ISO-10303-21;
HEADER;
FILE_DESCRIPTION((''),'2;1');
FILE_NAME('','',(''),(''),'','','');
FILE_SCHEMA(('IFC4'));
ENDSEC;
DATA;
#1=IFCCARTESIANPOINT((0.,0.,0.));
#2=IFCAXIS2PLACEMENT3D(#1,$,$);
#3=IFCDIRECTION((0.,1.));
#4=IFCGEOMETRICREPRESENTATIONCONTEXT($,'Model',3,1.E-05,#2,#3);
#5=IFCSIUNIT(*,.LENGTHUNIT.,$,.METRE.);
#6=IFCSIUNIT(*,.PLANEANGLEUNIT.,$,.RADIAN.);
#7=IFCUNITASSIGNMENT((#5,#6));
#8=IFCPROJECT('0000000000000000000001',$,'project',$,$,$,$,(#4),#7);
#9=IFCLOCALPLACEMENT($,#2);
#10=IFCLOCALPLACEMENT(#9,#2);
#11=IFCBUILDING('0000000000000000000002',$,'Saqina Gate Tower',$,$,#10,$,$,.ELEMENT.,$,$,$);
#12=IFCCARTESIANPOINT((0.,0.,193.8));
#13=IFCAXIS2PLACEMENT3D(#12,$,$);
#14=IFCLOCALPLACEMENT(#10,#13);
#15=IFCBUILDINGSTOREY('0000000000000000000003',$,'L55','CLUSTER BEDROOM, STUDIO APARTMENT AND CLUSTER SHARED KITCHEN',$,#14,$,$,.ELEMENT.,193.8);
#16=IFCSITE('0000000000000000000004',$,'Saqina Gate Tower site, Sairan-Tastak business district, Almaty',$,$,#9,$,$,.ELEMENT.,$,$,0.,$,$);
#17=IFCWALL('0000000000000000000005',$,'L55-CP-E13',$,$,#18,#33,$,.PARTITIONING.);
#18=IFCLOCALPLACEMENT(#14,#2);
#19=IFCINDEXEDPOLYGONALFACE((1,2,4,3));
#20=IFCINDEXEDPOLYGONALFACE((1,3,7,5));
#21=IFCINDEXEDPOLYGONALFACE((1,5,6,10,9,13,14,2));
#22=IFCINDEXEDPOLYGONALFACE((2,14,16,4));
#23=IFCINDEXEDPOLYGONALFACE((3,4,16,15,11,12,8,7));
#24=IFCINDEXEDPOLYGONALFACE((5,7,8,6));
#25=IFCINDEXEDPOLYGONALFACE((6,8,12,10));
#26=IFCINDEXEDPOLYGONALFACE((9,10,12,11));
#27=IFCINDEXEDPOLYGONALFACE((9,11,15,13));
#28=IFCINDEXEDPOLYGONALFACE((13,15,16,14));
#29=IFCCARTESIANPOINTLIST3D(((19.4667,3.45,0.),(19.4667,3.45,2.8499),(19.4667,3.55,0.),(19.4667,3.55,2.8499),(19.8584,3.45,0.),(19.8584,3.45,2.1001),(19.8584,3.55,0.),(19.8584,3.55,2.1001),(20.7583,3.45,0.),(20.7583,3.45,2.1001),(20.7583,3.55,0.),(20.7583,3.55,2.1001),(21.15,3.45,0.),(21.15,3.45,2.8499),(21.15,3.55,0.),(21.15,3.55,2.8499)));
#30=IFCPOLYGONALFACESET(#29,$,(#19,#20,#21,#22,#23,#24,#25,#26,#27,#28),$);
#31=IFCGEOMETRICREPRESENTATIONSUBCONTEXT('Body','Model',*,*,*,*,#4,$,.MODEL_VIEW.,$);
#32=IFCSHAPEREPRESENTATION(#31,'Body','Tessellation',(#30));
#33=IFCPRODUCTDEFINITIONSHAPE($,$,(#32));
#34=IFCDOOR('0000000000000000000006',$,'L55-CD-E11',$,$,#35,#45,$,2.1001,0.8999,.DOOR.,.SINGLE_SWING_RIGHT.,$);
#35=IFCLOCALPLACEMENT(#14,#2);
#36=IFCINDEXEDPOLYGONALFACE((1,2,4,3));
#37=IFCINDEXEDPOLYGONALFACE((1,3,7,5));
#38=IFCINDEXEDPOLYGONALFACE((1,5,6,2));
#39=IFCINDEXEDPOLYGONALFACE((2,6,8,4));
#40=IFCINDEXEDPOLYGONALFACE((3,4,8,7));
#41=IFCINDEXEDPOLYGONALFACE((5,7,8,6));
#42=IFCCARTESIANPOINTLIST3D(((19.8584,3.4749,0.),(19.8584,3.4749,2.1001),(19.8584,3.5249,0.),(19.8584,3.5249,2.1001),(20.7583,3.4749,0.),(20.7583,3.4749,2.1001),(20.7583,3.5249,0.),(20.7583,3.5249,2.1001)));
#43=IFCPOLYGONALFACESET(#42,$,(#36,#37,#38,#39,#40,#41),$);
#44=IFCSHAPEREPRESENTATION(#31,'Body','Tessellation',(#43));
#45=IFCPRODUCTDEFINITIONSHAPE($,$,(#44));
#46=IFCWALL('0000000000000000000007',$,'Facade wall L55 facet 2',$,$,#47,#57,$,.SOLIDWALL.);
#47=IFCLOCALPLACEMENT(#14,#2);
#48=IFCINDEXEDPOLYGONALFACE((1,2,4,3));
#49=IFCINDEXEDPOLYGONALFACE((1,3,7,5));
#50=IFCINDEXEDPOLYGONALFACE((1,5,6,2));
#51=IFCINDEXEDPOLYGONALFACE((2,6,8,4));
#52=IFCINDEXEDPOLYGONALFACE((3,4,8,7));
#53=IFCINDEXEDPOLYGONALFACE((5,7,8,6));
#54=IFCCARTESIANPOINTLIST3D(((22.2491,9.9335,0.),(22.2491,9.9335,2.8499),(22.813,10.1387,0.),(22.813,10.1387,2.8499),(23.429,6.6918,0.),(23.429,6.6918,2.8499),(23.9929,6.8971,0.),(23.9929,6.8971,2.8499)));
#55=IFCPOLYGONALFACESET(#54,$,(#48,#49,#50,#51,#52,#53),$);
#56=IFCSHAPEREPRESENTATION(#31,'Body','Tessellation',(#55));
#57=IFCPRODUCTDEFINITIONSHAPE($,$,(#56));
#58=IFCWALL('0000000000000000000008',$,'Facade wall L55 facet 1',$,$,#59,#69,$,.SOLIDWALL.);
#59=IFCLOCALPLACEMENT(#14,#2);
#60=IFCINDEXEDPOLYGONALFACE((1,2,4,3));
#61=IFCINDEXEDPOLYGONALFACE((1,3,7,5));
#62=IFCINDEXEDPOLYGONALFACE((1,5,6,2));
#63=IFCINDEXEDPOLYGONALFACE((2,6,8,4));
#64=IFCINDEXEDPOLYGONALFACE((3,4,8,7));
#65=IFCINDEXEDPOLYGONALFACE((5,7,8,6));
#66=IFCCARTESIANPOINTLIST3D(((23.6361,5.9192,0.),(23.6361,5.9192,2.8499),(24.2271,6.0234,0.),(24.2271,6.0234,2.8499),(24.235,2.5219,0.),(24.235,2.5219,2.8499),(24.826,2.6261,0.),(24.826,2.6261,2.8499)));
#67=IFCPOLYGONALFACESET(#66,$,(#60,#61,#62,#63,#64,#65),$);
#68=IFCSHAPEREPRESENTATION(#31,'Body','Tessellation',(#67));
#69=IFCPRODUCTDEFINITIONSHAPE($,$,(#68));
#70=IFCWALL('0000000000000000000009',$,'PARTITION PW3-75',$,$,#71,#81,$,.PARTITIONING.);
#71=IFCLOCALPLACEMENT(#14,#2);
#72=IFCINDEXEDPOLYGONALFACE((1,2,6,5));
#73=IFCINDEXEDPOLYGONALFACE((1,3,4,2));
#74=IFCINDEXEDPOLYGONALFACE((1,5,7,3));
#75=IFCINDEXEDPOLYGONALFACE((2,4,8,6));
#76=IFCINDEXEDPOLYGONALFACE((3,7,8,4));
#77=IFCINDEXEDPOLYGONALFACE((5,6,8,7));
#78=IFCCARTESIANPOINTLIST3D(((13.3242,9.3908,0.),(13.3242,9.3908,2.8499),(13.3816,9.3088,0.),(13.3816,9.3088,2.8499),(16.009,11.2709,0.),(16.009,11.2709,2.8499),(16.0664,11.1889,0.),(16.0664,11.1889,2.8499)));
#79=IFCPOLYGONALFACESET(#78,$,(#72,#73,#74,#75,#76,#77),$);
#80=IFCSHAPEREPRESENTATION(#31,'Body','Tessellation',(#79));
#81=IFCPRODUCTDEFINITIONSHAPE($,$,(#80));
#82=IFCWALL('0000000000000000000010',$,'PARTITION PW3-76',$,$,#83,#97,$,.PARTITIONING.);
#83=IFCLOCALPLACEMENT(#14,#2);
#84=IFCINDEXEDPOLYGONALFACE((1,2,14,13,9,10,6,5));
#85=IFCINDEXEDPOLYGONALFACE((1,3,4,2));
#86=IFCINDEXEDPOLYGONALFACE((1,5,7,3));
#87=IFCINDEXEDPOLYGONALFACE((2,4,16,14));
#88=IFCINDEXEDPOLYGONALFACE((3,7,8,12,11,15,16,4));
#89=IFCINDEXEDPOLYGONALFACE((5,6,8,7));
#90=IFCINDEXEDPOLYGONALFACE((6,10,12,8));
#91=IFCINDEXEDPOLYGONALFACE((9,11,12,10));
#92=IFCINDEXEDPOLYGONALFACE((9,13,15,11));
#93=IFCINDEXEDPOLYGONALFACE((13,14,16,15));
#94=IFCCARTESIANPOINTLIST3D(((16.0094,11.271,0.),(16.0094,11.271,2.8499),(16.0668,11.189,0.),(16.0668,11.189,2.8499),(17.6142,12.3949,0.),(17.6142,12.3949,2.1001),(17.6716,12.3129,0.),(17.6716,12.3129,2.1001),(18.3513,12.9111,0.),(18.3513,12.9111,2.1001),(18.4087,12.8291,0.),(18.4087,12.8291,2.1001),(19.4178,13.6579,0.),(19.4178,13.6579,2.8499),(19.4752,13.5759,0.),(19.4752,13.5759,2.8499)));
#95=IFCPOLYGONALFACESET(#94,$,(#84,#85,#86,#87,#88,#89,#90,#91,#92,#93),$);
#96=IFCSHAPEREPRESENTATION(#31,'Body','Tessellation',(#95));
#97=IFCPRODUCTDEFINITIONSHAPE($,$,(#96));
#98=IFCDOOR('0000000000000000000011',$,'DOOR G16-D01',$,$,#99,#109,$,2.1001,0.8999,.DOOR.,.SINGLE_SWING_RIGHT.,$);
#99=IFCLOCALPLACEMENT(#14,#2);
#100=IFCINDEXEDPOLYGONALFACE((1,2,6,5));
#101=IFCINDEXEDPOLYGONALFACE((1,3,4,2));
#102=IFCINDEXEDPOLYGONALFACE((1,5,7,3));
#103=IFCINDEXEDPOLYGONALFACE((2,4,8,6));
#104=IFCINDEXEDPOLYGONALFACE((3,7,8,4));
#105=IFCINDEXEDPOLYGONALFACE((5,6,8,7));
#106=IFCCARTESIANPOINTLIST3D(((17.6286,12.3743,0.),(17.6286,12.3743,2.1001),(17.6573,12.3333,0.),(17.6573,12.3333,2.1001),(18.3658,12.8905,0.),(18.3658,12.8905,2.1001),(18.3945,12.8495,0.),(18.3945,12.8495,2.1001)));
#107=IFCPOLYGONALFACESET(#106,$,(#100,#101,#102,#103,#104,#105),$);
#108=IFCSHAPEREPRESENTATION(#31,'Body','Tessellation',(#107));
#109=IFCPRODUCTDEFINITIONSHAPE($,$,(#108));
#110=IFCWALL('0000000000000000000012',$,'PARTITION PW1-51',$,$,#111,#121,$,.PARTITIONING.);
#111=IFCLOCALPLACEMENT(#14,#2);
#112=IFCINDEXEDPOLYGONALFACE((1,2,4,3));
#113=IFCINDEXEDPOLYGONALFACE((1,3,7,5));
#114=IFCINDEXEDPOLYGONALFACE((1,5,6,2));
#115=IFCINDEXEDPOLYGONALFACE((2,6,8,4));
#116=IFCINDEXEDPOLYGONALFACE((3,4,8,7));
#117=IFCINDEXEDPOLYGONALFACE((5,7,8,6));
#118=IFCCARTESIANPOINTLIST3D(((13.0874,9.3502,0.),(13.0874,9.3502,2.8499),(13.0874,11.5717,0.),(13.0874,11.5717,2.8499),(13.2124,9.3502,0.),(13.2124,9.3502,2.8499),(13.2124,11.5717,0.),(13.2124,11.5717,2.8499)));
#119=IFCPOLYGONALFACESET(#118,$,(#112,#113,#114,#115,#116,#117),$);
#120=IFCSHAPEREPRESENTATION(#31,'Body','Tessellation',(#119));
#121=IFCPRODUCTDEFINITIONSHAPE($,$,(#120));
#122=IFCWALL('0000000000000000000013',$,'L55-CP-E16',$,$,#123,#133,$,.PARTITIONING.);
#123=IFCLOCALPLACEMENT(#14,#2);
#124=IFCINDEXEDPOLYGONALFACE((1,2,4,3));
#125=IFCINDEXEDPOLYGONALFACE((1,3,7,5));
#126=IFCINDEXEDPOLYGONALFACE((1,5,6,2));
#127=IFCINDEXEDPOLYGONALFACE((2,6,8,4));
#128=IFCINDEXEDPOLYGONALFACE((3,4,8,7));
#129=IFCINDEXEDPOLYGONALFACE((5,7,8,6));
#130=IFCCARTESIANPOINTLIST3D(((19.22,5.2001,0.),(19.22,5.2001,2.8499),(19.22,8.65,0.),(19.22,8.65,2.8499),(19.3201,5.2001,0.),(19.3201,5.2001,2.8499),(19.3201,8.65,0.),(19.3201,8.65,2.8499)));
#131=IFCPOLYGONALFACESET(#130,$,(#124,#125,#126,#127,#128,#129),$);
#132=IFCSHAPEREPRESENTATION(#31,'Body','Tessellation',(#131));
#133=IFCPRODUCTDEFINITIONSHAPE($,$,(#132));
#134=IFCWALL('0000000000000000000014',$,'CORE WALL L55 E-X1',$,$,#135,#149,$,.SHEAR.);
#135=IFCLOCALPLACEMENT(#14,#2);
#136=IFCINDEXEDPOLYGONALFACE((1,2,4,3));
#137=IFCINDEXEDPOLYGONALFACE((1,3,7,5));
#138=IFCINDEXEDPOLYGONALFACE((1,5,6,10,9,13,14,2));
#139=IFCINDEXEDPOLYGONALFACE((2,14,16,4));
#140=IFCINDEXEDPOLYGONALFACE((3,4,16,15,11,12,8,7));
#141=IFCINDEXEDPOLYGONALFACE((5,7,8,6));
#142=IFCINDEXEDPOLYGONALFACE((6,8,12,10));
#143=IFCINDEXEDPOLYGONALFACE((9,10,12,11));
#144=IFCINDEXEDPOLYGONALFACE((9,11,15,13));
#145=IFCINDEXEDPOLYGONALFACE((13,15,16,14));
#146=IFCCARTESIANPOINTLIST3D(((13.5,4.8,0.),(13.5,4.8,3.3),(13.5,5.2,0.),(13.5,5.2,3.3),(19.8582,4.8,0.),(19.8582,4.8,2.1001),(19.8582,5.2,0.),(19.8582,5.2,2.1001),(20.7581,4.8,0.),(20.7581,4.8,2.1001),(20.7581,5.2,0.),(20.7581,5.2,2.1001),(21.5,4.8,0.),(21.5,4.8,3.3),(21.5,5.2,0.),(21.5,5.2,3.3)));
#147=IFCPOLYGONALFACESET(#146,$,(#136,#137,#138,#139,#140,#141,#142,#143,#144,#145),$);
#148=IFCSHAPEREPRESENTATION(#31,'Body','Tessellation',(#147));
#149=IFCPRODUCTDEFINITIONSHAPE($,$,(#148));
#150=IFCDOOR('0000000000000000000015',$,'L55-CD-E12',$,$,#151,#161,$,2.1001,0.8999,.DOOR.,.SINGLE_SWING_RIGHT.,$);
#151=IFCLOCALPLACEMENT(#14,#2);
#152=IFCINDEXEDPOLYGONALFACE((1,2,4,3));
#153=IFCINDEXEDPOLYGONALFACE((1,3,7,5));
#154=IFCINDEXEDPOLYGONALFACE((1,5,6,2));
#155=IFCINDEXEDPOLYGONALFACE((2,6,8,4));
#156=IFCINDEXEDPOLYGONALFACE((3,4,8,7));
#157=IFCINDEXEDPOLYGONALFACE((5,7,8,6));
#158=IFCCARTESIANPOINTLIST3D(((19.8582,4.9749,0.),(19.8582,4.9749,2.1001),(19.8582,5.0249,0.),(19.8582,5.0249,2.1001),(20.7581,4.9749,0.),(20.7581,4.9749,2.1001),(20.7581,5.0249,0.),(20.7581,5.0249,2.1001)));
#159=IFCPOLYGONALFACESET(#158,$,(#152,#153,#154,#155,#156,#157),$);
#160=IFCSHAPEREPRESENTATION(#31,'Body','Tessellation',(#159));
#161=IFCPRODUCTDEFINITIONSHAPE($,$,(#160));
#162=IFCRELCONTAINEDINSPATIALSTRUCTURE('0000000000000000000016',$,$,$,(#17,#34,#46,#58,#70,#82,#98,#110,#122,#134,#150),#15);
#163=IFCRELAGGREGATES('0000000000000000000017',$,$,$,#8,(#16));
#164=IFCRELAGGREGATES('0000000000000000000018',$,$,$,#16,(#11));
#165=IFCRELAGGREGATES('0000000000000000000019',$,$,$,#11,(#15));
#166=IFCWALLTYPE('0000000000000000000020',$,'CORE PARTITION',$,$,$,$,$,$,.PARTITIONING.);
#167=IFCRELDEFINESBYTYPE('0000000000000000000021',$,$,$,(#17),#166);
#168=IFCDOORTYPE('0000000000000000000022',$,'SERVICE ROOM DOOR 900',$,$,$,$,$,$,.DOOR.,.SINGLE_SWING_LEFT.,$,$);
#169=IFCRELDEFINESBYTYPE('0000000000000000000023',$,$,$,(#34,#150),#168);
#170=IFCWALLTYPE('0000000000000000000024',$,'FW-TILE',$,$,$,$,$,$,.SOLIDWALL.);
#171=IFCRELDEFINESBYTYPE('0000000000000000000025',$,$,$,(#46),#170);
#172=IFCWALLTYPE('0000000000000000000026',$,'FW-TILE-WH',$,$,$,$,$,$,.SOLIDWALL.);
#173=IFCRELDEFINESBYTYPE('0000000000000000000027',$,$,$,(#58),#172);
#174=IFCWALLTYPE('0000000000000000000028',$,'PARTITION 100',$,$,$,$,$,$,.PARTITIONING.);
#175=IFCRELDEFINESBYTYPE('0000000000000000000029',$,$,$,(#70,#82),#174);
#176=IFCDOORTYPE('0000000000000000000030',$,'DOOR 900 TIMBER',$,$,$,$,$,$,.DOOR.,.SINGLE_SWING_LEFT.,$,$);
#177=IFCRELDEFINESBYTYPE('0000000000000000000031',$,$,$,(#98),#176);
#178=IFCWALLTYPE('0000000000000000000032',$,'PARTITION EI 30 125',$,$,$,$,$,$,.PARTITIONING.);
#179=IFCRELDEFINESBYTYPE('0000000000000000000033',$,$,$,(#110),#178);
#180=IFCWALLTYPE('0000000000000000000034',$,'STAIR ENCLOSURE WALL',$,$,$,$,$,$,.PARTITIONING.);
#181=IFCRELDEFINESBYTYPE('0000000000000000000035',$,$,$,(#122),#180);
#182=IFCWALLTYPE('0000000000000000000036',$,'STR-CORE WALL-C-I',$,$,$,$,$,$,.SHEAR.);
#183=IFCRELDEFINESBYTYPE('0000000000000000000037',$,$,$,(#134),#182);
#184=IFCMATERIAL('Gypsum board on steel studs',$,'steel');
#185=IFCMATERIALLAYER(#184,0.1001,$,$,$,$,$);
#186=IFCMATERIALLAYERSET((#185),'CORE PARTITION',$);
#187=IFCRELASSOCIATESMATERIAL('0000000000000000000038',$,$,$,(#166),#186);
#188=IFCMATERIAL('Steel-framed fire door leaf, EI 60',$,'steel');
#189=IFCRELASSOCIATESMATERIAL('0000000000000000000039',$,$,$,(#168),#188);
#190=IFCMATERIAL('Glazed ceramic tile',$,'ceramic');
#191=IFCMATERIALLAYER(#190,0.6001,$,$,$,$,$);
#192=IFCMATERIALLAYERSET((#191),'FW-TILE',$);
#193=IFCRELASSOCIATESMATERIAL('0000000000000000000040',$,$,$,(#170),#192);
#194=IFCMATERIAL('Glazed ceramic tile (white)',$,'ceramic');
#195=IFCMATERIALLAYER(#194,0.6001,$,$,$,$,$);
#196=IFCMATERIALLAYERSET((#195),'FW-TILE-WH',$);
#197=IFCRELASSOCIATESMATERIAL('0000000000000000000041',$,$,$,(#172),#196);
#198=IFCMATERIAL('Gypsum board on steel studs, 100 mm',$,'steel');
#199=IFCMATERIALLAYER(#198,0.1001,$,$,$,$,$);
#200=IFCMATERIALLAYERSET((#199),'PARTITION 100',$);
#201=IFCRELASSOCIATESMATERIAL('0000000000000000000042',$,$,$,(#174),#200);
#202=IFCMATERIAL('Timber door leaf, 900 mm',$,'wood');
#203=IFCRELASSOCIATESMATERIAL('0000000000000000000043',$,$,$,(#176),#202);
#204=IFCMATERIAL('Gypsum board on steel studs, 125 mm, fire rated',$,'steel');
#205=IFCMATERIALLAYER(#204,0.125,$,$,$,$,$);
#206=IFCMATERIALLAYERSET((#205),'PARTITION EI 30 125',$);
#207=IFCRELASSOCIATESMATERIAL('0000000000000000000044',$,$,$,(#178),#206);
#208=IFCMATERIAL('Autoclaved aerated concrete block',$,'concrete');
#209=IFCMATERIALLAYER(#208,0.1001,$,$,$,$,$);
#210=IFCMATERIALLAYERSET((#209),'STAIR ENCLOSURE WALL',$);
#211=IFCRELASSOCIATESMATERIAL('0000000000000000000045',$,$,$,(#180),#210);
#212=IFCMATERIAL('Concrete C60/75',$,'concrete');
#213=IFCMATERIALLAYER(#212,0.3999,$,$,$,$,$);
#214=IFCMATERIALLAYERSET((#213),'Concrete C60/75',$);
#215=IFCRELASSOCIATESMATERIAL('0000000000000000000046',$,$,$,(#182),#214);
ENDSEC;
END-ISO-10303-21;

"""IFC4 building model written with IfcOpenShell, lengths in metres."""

from ifc_helpers import new_model, si_unit, direction, frame, frame_2d, origin, place, context, subcontext, project, spatial, rectangle, extrude, material, layer, layer_set, type_object, element, fill, save


model = new_model("IFC4")

# Units and contexts
model_context = context("Model", 3, precision=1e-05, world=origin(), true_north=direction((0.0, 1.0)))
body_context = subcontext(model_context, "Body", "Model", "MODEL_VIEW")
ifc_project = project(units=[si_unit("LENGTHUNIT", "METRE"), si_unit("PLANEANGLEUNIT", "RADIAN")], contexts=[model_context])

# Site, building, storey
site_placement = place(None, origin())
site = spatial("IfcSite", under=ifc_project, at=site_placement, Name="Saqina Gate Tower site, Sairan-Tastak business district, Almaty", CompositionType="ELEMENT", RefElevation=0.0)
building_placement = place(site_placement, origin())
building = spatial("IfcBuilding", under=site, at=building_placement, Name="Saqina Gate Tower", CompositionType="ELEMENT")
storey_placement = place(building_placement, frame((0.0, 0.0, 193.8)))
storey = spatial("IfcBuildingStorey", under=building, at=storey_placement, Name="L55", Description="CLUSTER BEDROOM, STUDIO APARTMENT AND CLUSTER SHARED KITCHEN", CompositionType="ELEMENT", Elevation=193.8)

# Shared definitions
ifc_material_1 = material(Name="Gypsum board on steel studs", Category="steel")
ifc_layer_1 = layer(ifc_material_1, 0.1001)
ifc_layer_set_1 = layer_set([ifc_layer_1], Name="CORE PARTITION")
wall_type_1 = type_object("IfcWallType", Name="CORE PARTITION", PredefinedType="PARTITIONING", material=ifc_layer_set_1)

# Wall, opening, door
wall_1_placement = place(storey_placement, frame((19.4666, 3.5, 0.0), z_axis=(0.0, 0.0, 1.0), x_axis=(1.0, 0.0, 0.0)))
wall_1 = element("IfcWall", 1, at=wall_1_placement, inside=storey, type_object=wall_type_1, Name="L55-CP-E13", PredefinedType="PARTITIONING", context=body_context, shape_type="SweptSolid", body=[
    extrude(rectangle(XDim=1.6833, YDim=0.1001, at=frame_2d((0.8418, 0.0))), origin(), (0.0, 0.0, 1.0), 2.8499),
])
opening_1_placement = place(wall_1_placement, frame((0.3918, 0.0, 0.0)))
opening_1 = element("IfcOpeningElement", 2, at=opening_1_placement, cuts=wall_1, PredefinedType="OPENING", context=body_context, shape_type="SweptSolid", body=[
    extrude(rectangle(XDim=0.8999, YDim=2.1001, at=frame_2d((0.45, 1.05))), frame((0.0, 0.062, 0.0), z_axis=(0.0, -1.0, 0.0), x_axis=(1.0, 0.0, 0.0)), (0.0, 0.0, 1.0), 0.124),
])
ifc_material_2 = material(Name="Steel-framed fire door leaf, EI 60", Category="steel")
door_type_1 = type_object("IfcDoorType", Name="SERVICE ROOM DOOR 900", OperationType="SINGLE_SWING_LEFT", PredefinedType="DOOR", material=ifc_material_2)
door_1_placement = place(opening_1_placement, origin())
door_1 = element("IfcDoor", 3, at=door_1_placement, inside=storey, type_object=door_type_1, Name="L55-CD-E11", OperationType="SINGLE_SWING_RIGHT", OverallHeight=2.1001, OverallWidth=0.8999, PredefinedType="DOOR", context=body_context, shape_type="SweptSolid", body=[
    extrude(rectangle(XDim=0.8999, YDim=2.1001, at=frame_2d((0.45, 1.05))), frame((0.0, 0.0249, 0.0), z_axis=(0.0, -1.0, 0.0), x_axis=(1.0, 0.0, 0.0)), (0.0, 0.0, 1.0), 0.05),
])
fill(opening_1, door_1)

# Walls
ifc_material_3 = material(Name="Glazed ceramic tile", Category="ceramic")
ifc_layer_2 = layer(ifc_material_3, 0.6001)
ifc_layer_set_2 = layer_set([ifc_layer_2], Name="FW-TILE")
wall_type_2 = type_object("IfcWallType", Name="FW-TILE", PredefinedType="SOLIDWALL", material=ifc_layer_set_2)
wall_2_placement = place(storey_placement, frame((23.7109, 6.7944, 0.0), z_axis=(0.0, 0.0, 1.0), x_axis=(-0.342033, 0.939688, 0.0)))
element("IfcWall", 4, at=wall_2_placement, inside=storey, type_object=wall_type_2, Name="Facade wall L55 facet 2", PredefinedType="SOLIDWALL", context=body_context, shape_type="SweptSolid", body=[
    extrude(rectangle(XDim=3.4497, YDim=0.6001, at=frame_2d((1.7249, 0.0))), origin(), (0.0, 0.0, 1.0), 2.8499),
])
ifc_material_4 = material(Name="Glazed ceramic tile (white)", Category="ceramic")
ifc_layer_3 = layer(ifc_material_4, 0.6001)
ifc_layer_set_3 = layer_set([ifc_layer_3], Name="FW-TILE-WH")
wall_type_3 = type_object("IfcWallType", Name="FW-TILE-WH", PredefinedType="SOLIDWALL", material=ifc_layer_set_3)
wall_3_placement = place(storey_placement, frame((24.5305, 2.574, 0.0), z_axis=(0.0, 0.0, 1.0), x_axis=(-0.173608, 0.984815, 0.0)))
element("IfcWall", 5, at=wall_3_placement, inside=storey, type_object=wall_type_3, Name="Facade wall L55 facet 1", PredefinedType="SOLIDWALL", context=body_context, shape_type="SweptSolid", body=[
    extrude(rectangle(XDim=3.4497, YDim=0.6001, at=frame_2d((1.7249, 0.0))), origin(), (0.0, 0.0, 1.0), 2.8499),
])
ifc_material_5 = material(Name="Gypsum board on steel studs, 100 mm", Category="steel")
ifc_layer_4 = layer(ifc_material_5, 0.1001)
ifc_layer_set_4 = layer_set([ifc_layer_4], Name="PARTITION 100")
wall_type_4 = type_object("IfcWallType", Name="PARTITION 100", PredefinedType="PARTITIONING", material=ifc_layer_set_4)
wall_4_placement = place(storey_placement, frame((13.353, 9.3499, 0.0), z_axis=(0.0, 0.0, 1.0), x_axis=(0.819123, 0.573617, 0.0)))
element("IfcWall", 6, at=wall_4_placement, inside=storey, type_object=wall_type_4, Name="PARTITION PW3-75", PredefinedType="PARTITIONING", context=body_context, shape_type="SweptSolid", body=[
    extrude(rectangle(XDim=3.2776, YDim=0.1001, at=frame_2d((1.6387, 0.0))), origin(), (0.0, 0.0, 1.0), 2.8499),
])

# Wall, opening, door
wall_5_placement = place(storey_placement, frame((16.0381, 11.23, 0.0), z_axis=(0.0, 0.0, 1.0), x_axis=(0.819113, 0.573632, 0.0)))
wall_5 = element("IfcWall", 7, at=wall_5_placement, inside=storey, type_object=wall_type_4, Name="PARTITION PW3-76", PredefinedType="PARTITIONING", context=body_context, shape_type="SweptSolid", body=[
    extrude(rectangle(XDim=4.1611, YDim=0.1001, at=frame_2d((2.0806, 0.0))), origin(), (0.0, 0.0, 1.0), 2.8499),
])
opening_2_placement = place(wall_5_placement, frame((1.9592, 0.0, 0.0)))
opening_2 = element("IfcOpeningElement", 8, at=opening_2_placement, cuts=wall_5, PredefinedType="OPENING", context=body_context, shape_type="SweptSolid", body=[
    extrude(rectangle(XDim=0.8999, YDim=2.1001, at=frame_2d((0.45, 1.05))), frame((0.0, 0.062, 0.0), z_axis=(0.0, -1.0, 0.0), x_axis=(1.0, 0.0, 0.0)), (0.0, 0.0, 1.0), 0.124),
])
ifc_material_6 = material(Name="Timber door leaf, 900 mm", Category="wood")
door_type_2 = type_object("IfcDoorType", Name="DOOR 900 TIMBER", OperationType="SINGLE_SWING_LEFT", PredefinedType="DOOR", material=ifc_material_6)
door_2_placement = place(opening_2_placement, origin())
door_2 = element("IfcDoor", 9, at=door_2_placement, inside=storey, type_object=door_type_2, Name="DOOR G16-D01", OperationType="SINGLE_SWING_RIGHT", OverallHeight=2.1001, OverallWidth=0.8999, PredefinedType="DOOR", context=body_context, shape_type="SweptSolid", body=[
    extrude(rectangle(XDim=0.8999, YDim=2.1001, at=frame_2d((0.45, 1.05))), frame((0.0, 0.0249, 0.0), z_axis=(0.0, -1.0, 0.0), x_axis=(1.0, 0.0, 0.0)), (0.0, 0.0, 1.0), 0.05),
])
fill(opening_2, door_2)

# Walls
ifc_material_7 = material(Name="Gypsum board on steel studs, 125 mm, fire rated", Category="steel")
ifc_layer_5 = layer(ifc_material_7, 0.125)
ifc_layer_set_5 = layer_set([ifc_layer_5], Name="PARTITION EI 30 125")
wall_type_5 = type_object("IfcWallType", Name="PARTITION EI 30 125", PredefinedType="PARTITIONING", material=ifc_layer_set_5)
wall_6_placement = place(storey_placement, frame((13.1499, 9.3501, 0.0), z_axis=(0.0, 0.0, 1.0), x_axis=(0.0, 1.0, 0.0)))
element("IfcWall", 10, at=wall_6_placement, inside=storey, type_object=wall_type_5, Name="PARTITION PW1-51", PredefinedType="PARTITIONING", context=body_context, shape_type="SweptSolid", body=[
    extrude(rectangle(XDim=2.2214, YDim=0.125, at=frame_2d((1.1108, 0.0))), origin(), (0.0, 0.0, 1.0), 2.8499),
])
ifc_material_8 = material(Name="Autoclaved aerated concrete block", Category="concrete")
ifc_layer_6 = layer(ifc_material_8, 0.1001)
ifc_layer_set_6 = layer_set([ifc_layer_6], Name="STAIR ENCLOSURE WALL")
wall_type_6 = type_object("IfcWallType", Name="STAIR ENCLOSURE WALL", PredefinedType="PARTITIONING", material=ifc_layer_set_6)
wall_7_placement = place(storey_placement, frame((19.27, 5.2, 0.0), z_axis=(0.0, 0.0, 1.0), x_axis=(0.0, 1.0, 0.0)))
element("IfcWall", 11, at=wall_7_placement, inside=storey, type_object=wall_type_6, Name="L55-CP-E16", PredefinedType="PARTITIONING", context=body_context, shape_type="SweptSolid", body=[
    extrude(rectangle(XDim=3.45, YDim=0.1001, at=frame_2d((1.7251, 0.0))), origin(), (0.0, 0.0, 1.0), 2.8499),
])

# Wall, opening, door
ifc_material_9 = material(Name="Concrete C60/75", Category="concrete")
ifc_layer_7 = layer(ifc_material_9, 0.3999)
ifc_layer_set_7 = layer_set([ifc_layer_7], Name="Concrete C60/75")
wall_type_7 = type_object("IfcWallType", Name="STR-CORE WALL-C-I", PredefinedType="SHEAR", material=ifc_layer_set_7)
wall_8_placement = place(storey_placement, frame((13.5, 5.0, 0.0), z_axis=(0.0, 0.0, 1.0), x_axis=(1.0, 0.0, 0.0)))
wall_8 = element("IfcWall", 12, at=wall_8_placement, inside=storey, type_object=wall_type_7, Name="CORE WALL L55 E-X1", PredefinedType="SHEAR", context=body_context, shape_type="SweptSolid", body=[
    extrude(rectangle(XDim=8.0, YDim=0.3999, at=frame_2d((4.0, 0.0))), origin(), (0.0, 0.0, 1.0), 3.3),
])
opening_3_placement = place(wall_8_placement, frame((6.3582, 0.0, 0.0)))
opening_3 = element("IfcOpeningElement", 13, at=opening_3_placement, cuts=wall_8, PredefinedType="OPENING", context=body_context, shape_type="SweptSolid", body=[
    extrude(rectangle(XDim=0.8999, YDim=2.1001, at=frame_2d((0.45, 1.05))), frame((0.0, 0.2119, 0.0), z_axis=(0.0, -1.0, 0.0), x_axis=(1.0, 0.0, 0.0)), (0.0, 0.0, 1.0), 0.4238),
])
door_3_placement = place(opening_3_placement, origin())
door_3 = element("IfcDoor", 14, at=door_3_placement, inside=storey, type_object=door_type_1, Name="L55-CD-E12", OperationType="SINGLE_SWING_RIGHT", OverallHeight=2.1001, OverallWidth=0.8999, PredefinedType="DOOR", context=body_context, shape_type="SweptSolid", body=[
    extrude(rectangle(XDim=0.8999, YDim=2.1001, at=frame_2d((0.45, 1.05))), frame((0.0, 0.0249, 0.0), z_axis=(0.0, -1.0, 0.0), x_axis=(1.0, 0.0, 0.0)), (0.0, 0.0, 1.0), 0.05),
])
fill(opening_3, door_3)

save(model, "model.ifc")
